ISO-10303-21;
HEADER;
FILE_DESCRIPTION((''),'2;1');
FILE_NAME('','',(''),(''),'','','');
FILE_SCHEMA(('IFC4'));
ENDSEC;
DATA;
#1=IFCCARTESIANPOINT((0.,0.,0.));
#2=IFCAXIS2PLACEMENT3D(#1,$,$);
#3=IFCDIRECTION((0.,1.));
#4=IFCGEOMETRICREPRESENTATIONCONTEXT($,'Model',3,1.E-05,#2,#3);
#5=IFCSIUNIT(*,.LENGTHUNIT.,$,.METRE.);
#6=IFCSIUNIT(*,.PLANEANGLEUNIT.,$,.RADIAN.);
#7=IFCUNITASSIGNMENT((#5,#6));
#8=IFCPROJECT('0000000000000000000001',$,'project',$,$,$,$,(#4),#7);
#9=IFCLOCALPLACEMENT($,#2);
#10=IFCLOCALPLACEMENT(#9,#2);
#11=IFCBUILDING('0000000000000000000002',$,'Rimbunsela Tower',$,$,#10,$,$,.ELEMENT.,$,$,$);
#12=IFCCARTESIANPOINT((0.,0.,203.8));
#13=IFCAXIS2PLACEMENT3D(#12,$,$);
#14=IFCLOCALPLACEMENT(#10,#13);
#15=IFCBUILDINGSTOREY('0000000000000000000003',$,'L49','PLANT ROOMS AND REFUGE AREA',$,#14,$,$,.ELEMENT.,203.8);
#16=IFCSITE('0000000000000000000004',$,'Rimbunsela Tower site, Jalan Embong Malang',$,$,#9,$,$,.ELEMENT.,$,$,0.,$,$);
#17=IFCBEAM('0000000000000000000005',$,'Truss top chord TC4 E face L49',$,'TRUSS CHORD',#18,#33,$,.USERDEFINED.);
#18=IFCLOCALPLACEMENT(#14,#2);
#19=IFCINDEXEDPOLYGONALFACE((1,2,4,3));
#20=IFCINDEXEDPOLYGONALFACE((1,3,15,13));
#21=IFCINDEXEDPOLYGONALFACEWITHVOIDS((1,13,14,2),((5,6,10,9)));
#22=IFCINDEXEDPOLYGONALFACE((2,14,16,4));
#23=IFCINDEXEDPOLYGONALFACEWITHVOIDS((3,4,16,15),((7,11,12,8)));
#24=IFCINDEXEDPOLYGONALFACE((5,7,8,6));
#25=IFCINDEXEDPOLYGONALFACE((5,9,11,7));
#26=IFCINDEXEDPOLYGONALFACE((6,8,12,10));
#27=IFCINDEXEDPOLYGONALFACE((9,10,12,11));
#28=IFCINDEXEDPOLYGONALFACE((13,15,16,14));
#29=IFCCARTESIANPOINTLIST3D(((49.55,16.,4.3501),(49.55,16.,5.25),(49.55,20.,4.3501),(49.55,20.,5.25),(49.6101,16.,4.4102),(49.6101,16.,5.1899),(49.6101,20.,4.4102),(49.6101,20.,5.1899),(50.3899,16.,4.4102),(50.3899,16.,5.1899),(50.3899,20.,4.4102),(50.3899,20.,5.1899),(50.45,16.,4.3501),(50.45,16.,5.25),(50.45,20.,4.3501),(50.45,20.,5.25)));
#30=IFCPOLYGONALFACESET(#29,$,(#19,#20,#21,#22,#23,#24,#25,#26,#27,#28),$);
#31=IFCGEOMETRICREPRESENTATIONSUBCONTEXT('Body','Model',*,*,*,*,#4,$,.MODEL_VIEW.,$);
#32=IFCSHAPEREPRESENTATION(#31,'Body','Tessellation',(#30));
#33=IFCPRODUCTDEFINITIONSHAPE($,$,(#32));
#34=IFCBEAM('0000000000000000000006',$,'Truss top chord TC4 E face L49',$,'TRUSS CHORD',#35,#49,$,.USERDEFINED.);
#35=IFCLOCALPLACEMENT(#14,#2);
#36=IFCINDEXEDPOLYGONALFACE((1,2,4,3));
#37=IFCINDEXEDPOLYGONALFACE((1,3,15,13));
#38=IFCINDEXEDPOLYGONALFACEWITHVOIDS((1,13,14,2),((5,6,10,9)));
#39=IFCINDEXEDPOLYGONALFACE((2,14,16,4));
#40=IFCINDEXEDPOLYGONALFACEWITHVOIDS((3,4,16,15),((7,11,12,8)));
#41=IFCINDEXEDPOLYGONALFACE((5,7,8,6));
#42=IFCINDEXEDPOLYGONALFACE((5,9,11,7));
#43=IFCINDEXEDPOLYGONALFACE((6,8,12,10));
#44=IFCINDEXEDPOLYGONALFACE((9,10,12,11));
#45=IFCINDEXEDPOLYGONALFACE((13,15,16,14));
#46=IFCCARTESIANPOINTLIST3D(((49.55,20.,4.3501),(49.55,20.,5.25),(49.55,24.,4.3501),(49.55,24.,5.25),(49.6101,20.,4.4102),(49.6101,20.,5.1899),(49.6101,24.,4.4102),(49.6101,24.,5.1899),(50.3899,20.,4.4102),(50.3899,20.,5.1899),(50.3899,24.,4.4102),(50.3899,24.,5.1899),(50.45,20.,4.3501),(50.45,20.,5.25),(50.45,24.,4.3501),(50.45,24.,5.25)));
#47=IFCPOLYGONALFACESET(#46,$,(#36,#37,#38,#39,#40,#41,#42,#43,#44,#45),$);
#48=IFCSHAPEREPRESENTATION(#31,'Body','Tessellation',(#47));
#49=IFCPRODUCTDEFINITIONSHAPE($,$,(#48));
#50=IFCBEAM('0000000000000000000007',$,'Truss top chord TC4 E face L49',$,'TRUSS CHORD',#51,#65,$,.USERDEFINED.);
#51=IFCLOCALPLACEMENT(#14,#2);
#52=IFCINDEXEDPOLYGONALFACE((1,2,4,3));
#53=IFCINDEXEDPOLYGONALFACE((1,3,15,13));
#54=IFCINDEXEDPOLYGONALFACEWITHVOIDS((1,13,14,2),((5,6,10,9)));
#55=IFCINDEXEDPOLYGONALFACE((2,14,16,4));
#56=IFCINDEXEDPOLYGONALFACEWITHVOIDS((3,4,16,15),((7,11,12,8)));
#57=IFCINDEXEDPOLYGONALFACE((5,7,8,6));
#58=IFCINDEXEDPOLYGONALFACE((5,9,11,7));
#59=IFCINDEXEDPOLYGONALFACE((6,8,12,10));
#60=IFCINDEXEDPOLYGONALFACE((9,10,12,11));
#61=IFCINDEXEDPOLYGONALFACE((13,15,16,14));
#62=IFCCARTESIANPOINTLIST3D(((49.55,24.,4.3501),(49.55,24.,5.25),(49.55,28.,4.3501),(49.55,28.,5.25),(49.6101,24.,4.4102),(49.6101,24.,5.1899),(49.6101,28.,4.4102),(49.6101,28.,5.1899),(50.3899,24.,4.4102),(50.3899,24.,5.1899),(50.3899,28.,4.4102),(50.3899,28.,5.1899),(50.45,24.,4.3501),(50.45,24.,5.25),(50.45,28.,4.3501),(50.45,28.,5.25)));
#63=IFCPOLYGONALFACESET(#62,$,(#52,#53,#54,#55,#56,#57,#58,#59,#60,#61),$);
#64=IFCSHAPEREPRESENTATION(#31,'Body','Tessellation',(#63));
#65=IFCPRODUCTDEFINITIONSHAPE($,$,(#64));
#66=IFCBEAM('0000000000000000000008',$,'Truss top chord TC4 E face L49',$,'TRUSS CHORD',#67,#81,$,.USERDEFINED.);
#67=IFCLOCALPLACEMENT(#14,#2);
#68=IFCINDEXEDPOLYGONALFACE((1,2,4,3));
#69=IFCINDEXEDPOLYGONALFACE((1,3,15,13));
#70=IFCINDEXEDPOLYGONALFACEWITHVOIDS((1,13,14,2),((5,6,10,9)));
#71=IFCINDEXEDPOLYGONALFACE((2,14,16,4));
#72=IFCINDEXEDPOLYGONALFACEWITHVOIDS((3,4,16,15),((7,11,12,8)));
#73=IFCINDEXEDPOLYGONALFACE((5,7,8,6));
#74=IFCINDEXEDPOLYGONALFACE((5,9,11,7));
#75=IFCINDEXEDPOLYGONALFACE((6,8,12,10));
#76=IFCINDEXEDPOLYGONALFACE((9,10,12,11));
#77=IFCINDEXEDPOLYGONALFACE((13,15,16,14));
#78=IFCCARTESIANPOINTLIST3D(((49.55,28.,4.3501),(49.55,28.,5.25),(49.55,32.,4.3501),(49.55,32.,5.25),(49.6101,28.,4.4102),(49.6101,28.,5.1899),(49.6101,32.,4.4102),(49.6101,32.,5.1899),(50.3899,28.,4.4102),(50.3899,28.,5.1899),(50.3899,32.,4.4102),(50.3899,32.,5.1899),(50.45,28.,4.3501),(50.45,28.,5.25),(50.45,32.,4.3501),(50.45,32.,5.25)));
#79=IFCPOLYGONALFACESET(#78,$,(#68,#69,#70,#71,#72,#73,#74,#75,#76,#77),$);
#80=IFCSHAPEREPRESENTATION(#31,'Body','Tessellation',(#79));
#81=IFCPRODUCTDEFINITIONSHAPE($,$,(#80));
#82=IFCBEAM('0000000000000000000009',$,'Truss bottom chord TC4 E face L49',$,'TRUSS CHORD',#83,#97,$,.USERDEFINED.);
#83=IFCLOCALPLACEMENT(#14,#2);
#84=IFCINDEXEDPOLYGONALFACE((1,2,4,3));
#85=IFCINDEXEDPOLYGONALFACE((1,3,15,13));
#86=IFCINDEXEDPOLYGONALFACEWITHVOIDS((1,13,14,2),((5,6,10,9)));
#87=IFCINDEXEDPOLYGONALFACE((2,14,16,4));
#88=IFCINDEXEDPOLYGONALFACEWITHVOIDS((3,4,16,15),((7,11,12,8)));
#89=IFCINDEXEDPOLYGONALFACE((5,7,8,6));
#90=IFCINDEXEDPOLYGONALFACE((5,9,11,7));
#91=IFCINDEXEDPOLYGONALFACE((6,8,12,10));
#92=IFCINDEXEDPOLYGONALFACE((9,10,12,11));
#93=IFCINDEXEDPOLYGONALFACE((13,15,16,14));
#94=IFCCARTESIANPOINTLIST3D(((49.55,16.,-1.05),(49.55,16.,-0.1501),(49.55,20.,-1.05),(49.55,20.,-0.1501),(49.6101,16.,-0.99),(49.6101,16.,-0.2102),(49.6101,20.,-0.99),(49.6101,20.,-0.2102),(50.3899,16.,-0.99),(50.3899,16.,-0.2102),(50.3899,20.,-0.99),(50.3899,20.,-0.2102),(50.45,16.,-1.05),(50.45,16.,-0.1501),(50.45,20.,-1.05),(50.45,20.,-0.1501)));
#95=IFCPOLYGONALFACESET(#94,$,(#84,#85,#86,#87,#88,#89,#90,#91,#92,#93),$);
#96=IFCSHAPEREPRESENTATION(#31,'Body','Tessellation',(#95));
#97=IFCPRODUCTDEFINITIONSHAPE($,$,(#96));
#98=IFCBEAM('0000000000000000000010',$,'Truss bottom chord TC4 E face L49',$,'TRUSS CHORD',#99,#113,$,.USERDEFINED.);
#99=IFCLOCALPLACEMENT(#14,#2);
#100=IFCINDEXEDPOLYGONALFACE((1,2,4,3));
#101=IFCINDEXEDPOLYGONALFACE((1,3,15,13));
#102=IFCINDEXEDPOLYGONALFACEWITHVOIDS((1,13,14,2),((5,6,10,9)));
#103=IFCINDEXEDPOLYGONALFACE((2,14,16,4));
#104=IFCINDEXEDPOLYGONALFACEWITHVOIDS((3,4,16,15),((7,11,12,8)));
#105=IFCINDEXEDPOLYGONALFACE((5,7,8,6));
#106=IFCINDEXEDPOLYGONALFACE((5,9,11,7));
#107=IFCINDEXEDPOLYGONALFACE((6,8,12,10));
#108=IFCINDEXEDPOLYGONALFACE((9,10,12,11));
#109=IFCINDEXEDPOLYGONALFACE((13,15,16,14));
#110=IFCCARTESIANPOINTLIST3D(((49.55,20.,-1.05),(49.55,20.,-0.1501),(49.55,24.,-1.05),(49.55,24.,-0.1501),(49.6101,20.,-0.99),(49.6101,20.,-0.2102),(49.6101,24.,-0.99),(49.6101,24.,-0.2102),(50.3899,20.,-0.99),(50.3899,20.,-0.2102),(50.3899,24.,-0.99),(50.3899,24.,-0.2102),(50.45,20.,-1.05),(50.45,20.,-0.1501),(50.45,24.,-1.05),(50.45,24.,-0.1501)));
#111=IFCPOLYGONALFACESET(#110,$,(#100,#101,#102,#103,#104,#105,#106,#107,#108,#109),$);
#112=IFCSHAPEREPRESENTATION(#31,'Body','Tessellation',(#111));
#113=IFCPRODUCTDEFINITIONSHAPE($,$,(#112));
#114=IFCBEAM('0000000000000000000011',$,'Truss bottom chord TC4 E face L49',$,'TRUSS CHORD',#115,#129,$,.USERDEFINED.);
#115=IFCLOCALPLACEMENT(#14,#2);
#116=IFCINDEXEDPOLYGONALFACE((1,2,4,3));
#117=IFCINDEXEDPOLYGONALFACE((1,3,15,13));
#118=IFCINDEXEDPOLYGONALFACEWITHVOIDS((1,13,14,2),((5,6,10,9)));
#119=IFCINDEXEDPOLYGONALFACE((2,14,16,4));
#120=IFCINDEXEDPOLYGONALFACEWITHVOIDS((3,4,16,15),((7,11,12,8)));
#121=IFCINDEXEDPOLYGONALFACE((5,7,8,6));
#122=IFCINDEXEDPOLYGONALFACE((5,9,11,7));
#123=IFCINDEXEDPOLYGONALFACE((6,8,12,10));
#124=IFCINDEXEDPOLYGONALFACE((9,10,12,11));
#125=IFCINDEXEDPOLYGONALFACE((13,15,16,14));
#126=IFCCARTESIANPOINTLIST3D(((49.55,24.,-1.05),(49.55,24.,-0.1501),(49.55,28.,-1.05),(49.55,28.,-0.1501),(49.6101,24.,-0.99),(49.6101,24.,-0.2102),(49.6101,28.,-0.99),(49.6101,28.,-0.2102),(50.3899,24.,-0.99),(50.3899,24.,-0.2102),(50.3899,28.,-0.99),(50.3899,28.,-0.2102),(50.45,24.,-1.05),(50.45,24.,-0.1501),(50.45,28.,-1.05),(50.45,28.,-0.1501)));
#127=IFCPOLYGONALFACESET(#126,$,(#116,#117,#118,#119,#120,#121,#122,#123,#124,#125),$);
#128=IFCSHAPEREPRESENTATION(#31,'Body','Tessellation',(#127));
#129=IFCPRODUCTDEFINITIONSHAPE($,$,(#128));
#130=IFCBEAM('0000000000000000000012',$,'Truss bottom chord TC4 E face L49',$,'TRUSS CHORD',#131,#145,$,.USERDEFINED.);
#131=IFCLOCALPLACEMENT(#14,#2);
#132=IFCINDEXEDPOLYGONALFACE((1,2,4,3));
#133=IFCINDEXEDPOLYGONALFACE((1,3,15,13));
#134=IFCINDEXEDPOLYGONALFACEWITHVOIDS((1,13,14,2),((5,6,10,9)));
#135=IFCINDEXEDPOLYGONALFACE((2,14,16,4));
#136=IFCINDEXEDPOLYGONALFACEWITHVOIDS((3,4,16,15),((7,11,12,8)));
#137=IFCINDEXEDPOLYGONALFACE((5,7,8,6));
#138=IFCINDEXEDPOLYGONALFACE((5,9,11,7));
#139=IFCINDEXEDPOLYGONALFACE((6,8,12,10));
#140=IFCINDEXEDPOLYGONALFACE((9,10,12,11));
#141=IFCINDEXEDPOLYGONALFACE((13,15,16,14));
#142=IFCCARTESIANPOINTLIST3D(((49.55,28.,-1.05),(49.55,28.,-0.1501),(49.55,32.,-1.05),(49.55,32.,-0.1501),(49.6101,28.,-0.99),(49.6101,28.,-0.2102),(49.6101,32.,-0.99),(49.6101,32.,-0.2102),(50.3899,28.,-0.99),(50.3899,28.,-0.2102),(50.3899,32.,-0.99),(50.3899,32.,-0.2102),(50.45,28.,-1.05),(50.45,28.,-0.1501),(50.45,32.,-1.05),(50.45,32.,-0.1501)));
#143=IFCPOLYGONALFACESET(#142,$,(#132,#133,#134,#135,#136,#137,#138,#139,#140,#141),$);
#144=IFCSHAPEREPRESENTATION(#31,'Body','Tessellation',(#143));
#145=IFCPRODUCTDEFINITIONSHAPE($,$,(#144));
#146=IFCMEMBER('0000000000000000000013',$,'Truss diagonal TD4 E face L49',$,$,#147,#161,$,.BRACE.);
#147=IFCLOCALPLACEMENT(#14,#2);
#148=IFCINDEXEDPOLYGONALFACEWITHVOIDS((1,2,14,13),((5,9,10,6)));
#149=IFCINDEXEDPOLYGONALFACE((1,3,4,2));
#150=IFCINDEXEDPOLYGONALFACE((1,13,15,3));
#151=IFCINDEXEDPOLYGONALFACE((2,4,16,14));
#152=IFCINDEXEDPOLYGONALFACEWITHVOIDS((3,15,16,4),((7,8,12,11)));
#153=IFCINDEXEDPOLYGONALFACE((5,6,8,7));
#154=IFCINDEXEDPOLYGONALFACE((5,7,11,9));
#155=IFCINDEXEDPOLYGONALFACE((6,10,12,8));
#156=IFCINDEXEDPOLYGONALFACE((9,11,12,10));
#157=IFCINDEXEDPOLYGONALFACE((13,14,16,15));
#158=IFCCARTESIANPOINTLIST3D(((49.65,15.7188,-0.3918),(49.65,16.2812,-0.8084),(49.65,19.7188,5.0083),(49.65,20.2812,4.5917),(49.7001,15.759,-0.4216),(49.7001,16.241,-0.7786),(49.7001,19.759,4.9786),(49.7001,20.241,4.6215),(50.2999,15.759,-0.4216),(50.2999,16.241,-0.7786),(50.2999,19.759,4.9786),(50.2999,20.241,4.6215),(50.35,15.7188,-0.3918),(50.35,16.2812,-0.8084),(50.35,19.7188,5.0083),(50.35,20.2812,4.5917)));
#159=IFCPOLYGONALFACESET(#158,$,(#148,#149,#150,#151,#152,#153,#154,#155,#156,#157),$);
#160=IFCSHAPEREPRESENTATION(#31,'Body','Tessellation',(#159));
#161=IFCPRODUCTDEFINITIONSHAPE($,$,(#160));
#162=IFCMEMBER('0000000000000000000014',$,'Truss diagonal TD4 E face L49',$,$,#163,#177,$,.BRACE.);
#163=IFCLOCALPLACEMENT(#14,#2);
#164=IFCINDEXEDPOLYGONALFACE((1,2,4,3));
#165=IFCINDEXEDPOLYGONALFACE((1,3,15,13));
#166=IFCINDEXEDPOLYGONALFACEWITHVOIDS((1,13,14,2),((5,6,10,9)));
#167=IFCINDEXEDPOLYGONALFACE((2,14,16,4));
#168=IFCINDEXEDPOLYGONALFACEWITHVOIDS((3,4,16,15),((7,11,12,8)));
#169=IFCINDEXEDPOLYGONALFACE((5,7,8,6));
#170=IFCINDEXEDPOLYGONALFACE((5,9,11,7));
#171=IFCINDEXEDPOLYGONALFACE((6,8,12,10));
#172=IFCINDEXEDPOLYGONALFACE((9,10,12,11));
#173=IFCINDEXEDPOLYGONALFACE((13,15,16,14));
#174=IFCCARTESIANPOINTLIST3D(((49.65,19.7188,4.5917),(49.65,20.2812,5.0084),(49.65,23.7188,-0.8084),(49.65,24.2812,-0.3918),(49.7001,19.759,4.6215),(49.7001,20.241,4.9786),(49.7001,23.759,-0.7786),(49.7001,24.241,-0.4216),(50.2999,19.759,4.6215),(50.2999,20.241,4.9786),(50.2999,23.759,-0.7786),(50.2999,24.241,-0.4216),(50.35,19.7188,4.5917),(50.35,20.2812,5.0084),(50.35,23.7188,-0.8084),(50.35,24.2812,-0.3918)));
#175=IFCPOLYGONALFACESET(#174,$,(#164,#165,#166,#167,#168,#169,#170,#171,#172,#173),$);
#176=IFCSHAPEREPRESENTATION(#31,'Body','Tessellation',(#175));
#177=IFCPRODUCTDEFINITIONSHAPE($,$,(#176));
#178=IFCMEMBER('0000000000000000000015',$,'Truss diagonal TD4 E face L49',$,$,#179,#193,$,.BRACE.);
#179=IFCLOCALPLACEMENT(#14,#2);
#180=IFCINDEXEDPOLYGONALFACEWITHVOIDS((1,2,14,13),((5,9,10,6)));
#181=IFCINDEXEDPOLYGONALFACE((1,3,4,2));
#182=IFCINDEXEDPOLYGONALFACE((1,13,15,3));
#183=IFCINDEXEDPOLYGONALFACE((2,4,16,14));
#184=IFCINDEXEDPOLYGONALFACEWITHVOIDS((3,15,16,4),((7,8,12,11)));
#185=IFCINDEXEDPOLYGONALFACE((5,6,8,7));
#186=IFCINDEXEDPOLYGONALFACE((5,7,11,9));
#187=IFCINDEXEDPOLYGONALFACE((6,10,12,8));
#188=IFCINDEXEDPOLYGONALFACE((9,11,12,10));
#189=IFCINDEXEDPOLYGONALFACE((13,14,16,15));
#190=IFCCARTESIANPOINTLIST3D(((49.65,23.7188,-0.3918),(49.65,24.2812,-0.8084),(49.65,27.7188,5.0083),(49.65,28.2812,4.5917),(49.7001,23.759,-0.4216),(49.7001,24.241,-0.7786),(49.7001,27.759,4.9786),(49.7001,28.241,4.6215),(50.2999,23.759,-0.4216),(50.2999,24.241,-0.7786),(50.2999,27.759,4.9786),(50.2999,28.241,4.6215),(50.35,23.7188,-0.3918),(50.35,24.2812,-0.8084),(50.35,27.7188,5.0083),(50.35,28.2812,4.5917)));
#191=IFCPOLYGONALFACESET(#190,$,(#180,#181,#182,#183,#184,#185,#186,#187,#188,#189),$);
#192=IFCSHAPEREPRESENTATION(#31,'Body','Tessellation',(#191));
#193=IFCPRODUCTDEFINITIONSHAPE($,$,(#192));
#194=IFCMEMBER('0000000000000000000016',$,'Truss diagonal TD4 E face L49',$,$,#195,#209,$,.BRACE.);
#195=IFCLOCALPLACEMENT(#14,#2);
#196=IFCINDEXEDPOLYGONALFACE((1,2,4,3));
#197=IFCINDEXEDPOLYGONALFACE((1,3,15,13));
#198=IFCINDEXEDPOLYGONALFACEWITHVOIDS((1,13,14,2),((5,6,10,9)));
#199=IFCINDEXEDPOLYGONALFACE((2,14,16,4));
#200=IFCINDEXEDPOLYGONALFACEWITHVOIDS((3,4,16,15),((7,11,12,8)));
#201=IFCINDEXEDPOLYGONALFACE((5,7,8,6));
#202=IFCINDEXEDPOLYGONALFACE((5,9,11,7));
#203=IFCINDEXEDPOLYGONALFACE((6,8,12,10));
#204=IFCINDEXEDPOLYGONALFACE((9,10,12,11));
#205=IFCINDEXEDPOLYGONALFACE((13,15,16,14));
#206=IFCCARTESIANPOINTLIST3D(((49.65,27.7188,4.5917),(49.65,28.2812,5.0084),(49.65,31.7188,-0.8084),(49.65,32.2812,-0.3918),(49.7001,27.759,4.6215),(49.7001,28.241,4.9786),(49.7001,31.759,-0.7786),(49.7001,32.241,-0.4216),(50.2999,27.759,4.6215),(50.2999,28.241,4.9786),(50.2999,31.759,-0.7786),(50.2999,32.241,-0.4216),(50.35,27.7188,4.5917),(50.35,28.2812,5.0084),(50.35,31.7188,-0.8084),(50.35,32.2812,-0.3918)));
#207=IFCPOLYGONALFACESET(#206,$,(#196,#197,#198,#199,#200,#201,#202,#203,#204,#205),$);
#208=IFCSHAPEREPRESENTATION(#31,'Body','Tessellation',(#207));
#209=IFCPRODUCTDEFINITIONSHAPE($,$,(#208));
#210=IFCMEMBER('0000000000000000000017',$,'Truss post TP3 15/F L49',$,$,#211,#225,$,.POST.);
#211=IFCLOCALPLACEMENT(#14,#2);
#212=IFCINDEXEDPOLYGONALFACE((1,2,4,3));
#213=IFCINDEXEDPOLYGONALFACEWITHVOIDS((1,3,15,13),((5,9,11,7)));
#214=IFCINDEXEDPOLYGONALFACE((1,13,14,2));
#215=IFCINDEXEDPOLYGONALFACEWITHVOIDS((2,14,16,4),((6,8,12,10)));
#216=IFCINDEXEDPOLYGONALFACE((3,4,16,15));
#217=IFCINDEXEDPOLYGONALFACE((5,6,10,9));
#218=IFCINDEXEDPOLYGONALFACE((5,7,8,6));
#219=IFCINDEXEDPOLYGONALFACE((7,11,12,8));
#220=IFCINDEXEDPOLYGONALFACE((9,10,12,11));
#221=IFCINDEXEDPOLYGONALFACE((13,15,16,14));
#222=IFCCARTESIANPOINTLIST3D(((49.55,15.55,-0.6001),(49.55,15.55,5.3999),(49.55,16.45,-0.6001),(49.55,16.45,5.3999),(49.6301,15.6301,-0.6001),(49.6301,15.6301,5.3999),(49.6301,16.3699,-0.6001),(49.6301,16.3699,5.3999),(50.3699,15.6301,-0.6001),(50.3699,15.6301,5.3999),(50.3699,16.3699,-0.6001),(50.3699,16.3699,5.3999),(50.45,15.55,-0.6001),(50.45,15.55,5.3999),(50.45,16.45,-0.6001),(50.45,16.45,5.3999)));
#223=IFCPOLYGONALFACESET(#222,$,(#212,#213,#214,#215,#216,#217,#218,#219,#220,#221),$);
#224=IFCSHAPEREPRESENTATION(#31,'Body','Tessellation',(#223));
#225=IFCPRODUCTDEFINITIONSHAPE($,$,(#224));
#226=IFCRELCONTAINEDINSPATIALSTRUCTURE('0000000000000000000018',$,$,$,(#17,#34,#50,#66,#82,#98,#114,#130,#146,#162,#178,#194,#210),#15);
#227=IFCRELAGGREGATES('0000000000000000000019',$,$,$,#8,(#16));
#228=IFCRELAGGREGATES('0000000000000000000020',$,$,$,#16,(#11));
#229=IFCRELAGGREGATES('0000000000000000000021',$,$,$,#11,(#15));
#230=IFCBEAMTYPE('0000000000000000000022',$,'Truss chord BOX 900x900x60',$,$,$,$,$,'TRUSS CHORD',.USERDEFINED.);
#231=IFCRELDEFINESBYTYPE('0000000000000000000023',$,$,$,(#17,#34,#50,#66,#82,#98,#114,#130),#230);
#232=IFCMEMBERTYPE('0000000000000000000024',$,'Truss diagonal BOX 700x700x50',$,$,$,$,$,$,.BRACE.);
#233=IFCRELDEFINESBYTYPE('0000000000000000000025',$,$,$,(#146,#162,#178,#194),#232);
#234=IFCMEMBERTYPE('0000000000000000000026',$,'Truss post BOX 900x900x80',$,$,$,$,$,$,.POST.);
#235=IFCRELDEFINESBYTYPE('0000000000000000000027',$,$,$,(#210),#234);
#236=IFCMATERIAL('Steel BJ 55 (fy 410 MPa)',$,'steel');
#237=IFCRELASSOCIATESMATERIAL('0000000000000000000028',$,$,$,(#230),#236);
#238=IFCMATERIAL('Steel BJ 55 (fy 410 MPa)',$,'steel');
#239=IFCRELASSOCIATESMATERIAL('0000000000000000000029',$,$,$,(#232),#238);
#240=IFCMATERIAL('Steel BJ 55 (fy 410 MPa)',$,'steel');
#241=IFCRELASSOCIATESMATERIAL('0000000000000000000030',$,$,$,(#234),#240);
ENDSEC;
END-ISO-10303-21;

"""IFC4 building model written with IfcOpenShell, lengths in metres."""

from ifc_helpers import new_model, si_unit, direction, frame, origin, origin_2d, place, context, subcontext, project, spatial, hollow_rectangle, extrude, material, material_profile, profile_set, type_object, element, save


model = new_model("IFC4")

# Units and contexts
model_context = context("Model", 3, precision=1e-05, world=origin(), true_north=direction((0.0, 1.0)))
body_context = subcontext(model_context, "Body", "Model", "MODEL_VIEW")
ifc_project = project(units=[si_unit("LENGTHUNIT", "METRE"), si_unit("PLANEANGLEUNIT", "RADIAN")], contexts=[model_context])

# Site, building, storey
site_placement = place(None, origin())
site = spatial("IfcSite", under=ifc_project, at=site_placement, Name="Rimbunsela Tower site, Jalan Embong Malang", CompositionType="ELEMENT", RefElevation=0.0)
building_placement = place(site_placement, origin())
building = spatial("IfcBuilding", under=site, at=building_placement, Name="Rimbunsela Tower", CompositionType="ELEMENT")
storey_placement = place(building_placement, frame((0.0, 0.0, 203.8)))
storey = spatial("IfcBuildingStorey", under=building, at=storey_placement, Name="L49", Description="PLANT ROOMS AND REFUGE AREA", CompositionType="ELEMENT", Elevation=203.8)

# Beams
ifc_material_1 = material(Name="Steel BJ 55 (fy 410 MPa)", Category="steel")
ifc_material_profile_1 = material_profile(ifc_material_1, hollow_rectangle(XDim=0.8999, YDim=0.8999, WallThickness=0.0601, at=origin_2d()), Name="BOX 900x900x60")
ifc_profile_set_1 = profile_set([ifc_material_profile_1], Name="Steel BJ 55 (fy 410 MPa)")
beam_type = type_object("IfcBeamType", Name="Truss chord BOX 900x900x60", ElementType="TRUSS CHORD", PredefinedType="USERDEFINED", material=ifc_profile_set_1)
for number, where, z_axis, x_axis, name in (
    (1, (50.0, 16.0, 4.8), (0.0, 1.0, 0.0), (-1.0, 0.0, 0.0), "Truss top chord TC4 E face L49"),
    (2, (50.0, 20.0, 4.8), (0.0, 1.0, 0.0), (-1.0, 0.0, 0.0), "Truss top chord TC4 E face L49"),
    (3, (50.0, 24.0, 4.8), (0.0, 1.0, 0.0), (-1.0, 0.0, 0.0), "Truss top chord TC4 E face L49"),
    (4, (50.0, 28.0, 4.8), (0.0, 1.0, 0.0), (-1.0, 0.0, 0.0), "Truss top chord TC4 E face L49"),
    (5, (50.0, 16.0, -0.6001), (0.0, 1.0, 0.0), (-1.0, 0.0, 0.0), "Truss bottom chord TC4 E face L49"),
    (6, (50.0, 20.0, -0.6001), (0.0, 1.0, 0.0), (-1.0, 0.0, 0.0), "Truss bottom chord TC4 E face L49"),
    (7, (50.0, 24.0, -0.6001), (0.0, 1.0, 0.0), (-1.0, 0.0, 0.0), "Truss bottom chord TC4 E face L49"),
    (8, (50.0, 28.0, -0.6001), (0.0, 1.0, 0.0), (-1.0, 0.0, 0.0), "Truss bottom chord TC4 E face L49"),
):
    element("IfcBeam", number, at=place(storey_placement, frame(where, z_axis=z_axis, x_axis=x_axis)), inside=storey, type_object=beam_type, Name=name, ObjectType="TRUSS CHORD", PredefinedType="USERDEFINED", context=body_context, shape_type="SweptSolid", body=[
        extrude(hollow_rectangle(XDim=0.8999, YDim=0.8999, WallThickness=0.0601, at=origin_2d()), origin(), (0.0, 0.0, 1.0), 4.0),
    ])

# Members
ifc_material_2 = material(Name="Steel BJ 55 (fy 410 MPa)", Category="steel")
ifc_material_profile_2 = material_profile(ifc_material_2, hollow_rectangle(XDim=0.7, YDim=0.7, WallThickness=0.05, at=origin_2d()), Name="BOX 700x700x50")
ifc_profile_set_2 = profile_set([ifc_material_profile_2], Name="Steel BJ 55 (fy 410 MPa)")
member_type_1 = type_object("IfcMemberType", Name="Truss diagonal BOX 700x700x50", PredefinedType="BRACE", material=ifc_profile_set_2)
for number, where, z_axis, x_axis, name in (
    (9, (50.0, 16.0, -0.6001), (0.0, 0.595217, 0.803565), (-1.0, 0.0, 0.0), "Truss diagonal TD4 E face L49"),
    (10, (50.0, 20.0, 4.8), (0.0, 0.595217, -0.803565), (-1.0, 0.0, 0.0), "Truss diagonal TD4 E face L49"),
    (11, (50.0, 24.0, -0.6001), (0.0, 0.595217, 0.803565), (-1.0, 0.0, 0.0), "Truss diagonal TD4 E face L49"),
    (12, (50.0, 28.0, 4.8), (0.0, 0.595217, -0.803565), (-1.0, 0.0, 0.0), "Truss diagonal TD4 E face L49"),
):
    element("IfcMember", number, at=place(storey_placement, frame(where, z_axis=z_axis, x_axis=x_axis)), inside=storey, type_object=member_type_1, Name=name, PredefinedType="BRACE", context=body_context, shape_type="SweptSolid", body=[
        extrude(hollow_rectangle(XDim=0.7, YDim=0.7, WallThickness=0.05, at=origin_2d()), origin(), (0.0, 0.0, 1.0), 6.7202),
    ])
ifc_material_3 = material(Name="Steel BJ 55 (fy 410 MPa)", Category="steel")
ifc_material_profile_3 = material_profile(ifc_material_3, hollow_rectangle(XDim=0.8999, YDim=0.8999, WallThickness=0.0801, at=origin_2d()), Name="BOX 900x900x80")
ifc_profile_set_3 = profile_set([ifc_material_profile_3], Name="Steel BJ 55 (fy 410 MPa)")
member_type_2 = type_object("IfcMemberType", Name="Truss post BOX 900x900x80", PredefinedType="POST", material=ifc_profile_set_3)
for number, where, z_axis, x_axis, name in (
    (13, (50.0, 16.0, -0.6001), (0.0, 0.0, 1.0), (1.0, 0.0, 0.0), "Truss post TP3 15/F L49"),
):
    element("IfcMember", number, at=place(storey_placement, frame(where, z_axis=z_axis, x_axis=x_axis)), inside=storey, type_object=member_type_2, Name=name, PredefinedType="POST", context=body_context, shape_type="SweptSolid", body=[
        extrude(hollow_rectangle(XDim=0.8999, YDim=0.8999, WallThickness=0.0801, at=origin_2d()), origin(), (0.0, 0.0, 1.0), 6.0),
    ])

save(model, "model.ifc")
